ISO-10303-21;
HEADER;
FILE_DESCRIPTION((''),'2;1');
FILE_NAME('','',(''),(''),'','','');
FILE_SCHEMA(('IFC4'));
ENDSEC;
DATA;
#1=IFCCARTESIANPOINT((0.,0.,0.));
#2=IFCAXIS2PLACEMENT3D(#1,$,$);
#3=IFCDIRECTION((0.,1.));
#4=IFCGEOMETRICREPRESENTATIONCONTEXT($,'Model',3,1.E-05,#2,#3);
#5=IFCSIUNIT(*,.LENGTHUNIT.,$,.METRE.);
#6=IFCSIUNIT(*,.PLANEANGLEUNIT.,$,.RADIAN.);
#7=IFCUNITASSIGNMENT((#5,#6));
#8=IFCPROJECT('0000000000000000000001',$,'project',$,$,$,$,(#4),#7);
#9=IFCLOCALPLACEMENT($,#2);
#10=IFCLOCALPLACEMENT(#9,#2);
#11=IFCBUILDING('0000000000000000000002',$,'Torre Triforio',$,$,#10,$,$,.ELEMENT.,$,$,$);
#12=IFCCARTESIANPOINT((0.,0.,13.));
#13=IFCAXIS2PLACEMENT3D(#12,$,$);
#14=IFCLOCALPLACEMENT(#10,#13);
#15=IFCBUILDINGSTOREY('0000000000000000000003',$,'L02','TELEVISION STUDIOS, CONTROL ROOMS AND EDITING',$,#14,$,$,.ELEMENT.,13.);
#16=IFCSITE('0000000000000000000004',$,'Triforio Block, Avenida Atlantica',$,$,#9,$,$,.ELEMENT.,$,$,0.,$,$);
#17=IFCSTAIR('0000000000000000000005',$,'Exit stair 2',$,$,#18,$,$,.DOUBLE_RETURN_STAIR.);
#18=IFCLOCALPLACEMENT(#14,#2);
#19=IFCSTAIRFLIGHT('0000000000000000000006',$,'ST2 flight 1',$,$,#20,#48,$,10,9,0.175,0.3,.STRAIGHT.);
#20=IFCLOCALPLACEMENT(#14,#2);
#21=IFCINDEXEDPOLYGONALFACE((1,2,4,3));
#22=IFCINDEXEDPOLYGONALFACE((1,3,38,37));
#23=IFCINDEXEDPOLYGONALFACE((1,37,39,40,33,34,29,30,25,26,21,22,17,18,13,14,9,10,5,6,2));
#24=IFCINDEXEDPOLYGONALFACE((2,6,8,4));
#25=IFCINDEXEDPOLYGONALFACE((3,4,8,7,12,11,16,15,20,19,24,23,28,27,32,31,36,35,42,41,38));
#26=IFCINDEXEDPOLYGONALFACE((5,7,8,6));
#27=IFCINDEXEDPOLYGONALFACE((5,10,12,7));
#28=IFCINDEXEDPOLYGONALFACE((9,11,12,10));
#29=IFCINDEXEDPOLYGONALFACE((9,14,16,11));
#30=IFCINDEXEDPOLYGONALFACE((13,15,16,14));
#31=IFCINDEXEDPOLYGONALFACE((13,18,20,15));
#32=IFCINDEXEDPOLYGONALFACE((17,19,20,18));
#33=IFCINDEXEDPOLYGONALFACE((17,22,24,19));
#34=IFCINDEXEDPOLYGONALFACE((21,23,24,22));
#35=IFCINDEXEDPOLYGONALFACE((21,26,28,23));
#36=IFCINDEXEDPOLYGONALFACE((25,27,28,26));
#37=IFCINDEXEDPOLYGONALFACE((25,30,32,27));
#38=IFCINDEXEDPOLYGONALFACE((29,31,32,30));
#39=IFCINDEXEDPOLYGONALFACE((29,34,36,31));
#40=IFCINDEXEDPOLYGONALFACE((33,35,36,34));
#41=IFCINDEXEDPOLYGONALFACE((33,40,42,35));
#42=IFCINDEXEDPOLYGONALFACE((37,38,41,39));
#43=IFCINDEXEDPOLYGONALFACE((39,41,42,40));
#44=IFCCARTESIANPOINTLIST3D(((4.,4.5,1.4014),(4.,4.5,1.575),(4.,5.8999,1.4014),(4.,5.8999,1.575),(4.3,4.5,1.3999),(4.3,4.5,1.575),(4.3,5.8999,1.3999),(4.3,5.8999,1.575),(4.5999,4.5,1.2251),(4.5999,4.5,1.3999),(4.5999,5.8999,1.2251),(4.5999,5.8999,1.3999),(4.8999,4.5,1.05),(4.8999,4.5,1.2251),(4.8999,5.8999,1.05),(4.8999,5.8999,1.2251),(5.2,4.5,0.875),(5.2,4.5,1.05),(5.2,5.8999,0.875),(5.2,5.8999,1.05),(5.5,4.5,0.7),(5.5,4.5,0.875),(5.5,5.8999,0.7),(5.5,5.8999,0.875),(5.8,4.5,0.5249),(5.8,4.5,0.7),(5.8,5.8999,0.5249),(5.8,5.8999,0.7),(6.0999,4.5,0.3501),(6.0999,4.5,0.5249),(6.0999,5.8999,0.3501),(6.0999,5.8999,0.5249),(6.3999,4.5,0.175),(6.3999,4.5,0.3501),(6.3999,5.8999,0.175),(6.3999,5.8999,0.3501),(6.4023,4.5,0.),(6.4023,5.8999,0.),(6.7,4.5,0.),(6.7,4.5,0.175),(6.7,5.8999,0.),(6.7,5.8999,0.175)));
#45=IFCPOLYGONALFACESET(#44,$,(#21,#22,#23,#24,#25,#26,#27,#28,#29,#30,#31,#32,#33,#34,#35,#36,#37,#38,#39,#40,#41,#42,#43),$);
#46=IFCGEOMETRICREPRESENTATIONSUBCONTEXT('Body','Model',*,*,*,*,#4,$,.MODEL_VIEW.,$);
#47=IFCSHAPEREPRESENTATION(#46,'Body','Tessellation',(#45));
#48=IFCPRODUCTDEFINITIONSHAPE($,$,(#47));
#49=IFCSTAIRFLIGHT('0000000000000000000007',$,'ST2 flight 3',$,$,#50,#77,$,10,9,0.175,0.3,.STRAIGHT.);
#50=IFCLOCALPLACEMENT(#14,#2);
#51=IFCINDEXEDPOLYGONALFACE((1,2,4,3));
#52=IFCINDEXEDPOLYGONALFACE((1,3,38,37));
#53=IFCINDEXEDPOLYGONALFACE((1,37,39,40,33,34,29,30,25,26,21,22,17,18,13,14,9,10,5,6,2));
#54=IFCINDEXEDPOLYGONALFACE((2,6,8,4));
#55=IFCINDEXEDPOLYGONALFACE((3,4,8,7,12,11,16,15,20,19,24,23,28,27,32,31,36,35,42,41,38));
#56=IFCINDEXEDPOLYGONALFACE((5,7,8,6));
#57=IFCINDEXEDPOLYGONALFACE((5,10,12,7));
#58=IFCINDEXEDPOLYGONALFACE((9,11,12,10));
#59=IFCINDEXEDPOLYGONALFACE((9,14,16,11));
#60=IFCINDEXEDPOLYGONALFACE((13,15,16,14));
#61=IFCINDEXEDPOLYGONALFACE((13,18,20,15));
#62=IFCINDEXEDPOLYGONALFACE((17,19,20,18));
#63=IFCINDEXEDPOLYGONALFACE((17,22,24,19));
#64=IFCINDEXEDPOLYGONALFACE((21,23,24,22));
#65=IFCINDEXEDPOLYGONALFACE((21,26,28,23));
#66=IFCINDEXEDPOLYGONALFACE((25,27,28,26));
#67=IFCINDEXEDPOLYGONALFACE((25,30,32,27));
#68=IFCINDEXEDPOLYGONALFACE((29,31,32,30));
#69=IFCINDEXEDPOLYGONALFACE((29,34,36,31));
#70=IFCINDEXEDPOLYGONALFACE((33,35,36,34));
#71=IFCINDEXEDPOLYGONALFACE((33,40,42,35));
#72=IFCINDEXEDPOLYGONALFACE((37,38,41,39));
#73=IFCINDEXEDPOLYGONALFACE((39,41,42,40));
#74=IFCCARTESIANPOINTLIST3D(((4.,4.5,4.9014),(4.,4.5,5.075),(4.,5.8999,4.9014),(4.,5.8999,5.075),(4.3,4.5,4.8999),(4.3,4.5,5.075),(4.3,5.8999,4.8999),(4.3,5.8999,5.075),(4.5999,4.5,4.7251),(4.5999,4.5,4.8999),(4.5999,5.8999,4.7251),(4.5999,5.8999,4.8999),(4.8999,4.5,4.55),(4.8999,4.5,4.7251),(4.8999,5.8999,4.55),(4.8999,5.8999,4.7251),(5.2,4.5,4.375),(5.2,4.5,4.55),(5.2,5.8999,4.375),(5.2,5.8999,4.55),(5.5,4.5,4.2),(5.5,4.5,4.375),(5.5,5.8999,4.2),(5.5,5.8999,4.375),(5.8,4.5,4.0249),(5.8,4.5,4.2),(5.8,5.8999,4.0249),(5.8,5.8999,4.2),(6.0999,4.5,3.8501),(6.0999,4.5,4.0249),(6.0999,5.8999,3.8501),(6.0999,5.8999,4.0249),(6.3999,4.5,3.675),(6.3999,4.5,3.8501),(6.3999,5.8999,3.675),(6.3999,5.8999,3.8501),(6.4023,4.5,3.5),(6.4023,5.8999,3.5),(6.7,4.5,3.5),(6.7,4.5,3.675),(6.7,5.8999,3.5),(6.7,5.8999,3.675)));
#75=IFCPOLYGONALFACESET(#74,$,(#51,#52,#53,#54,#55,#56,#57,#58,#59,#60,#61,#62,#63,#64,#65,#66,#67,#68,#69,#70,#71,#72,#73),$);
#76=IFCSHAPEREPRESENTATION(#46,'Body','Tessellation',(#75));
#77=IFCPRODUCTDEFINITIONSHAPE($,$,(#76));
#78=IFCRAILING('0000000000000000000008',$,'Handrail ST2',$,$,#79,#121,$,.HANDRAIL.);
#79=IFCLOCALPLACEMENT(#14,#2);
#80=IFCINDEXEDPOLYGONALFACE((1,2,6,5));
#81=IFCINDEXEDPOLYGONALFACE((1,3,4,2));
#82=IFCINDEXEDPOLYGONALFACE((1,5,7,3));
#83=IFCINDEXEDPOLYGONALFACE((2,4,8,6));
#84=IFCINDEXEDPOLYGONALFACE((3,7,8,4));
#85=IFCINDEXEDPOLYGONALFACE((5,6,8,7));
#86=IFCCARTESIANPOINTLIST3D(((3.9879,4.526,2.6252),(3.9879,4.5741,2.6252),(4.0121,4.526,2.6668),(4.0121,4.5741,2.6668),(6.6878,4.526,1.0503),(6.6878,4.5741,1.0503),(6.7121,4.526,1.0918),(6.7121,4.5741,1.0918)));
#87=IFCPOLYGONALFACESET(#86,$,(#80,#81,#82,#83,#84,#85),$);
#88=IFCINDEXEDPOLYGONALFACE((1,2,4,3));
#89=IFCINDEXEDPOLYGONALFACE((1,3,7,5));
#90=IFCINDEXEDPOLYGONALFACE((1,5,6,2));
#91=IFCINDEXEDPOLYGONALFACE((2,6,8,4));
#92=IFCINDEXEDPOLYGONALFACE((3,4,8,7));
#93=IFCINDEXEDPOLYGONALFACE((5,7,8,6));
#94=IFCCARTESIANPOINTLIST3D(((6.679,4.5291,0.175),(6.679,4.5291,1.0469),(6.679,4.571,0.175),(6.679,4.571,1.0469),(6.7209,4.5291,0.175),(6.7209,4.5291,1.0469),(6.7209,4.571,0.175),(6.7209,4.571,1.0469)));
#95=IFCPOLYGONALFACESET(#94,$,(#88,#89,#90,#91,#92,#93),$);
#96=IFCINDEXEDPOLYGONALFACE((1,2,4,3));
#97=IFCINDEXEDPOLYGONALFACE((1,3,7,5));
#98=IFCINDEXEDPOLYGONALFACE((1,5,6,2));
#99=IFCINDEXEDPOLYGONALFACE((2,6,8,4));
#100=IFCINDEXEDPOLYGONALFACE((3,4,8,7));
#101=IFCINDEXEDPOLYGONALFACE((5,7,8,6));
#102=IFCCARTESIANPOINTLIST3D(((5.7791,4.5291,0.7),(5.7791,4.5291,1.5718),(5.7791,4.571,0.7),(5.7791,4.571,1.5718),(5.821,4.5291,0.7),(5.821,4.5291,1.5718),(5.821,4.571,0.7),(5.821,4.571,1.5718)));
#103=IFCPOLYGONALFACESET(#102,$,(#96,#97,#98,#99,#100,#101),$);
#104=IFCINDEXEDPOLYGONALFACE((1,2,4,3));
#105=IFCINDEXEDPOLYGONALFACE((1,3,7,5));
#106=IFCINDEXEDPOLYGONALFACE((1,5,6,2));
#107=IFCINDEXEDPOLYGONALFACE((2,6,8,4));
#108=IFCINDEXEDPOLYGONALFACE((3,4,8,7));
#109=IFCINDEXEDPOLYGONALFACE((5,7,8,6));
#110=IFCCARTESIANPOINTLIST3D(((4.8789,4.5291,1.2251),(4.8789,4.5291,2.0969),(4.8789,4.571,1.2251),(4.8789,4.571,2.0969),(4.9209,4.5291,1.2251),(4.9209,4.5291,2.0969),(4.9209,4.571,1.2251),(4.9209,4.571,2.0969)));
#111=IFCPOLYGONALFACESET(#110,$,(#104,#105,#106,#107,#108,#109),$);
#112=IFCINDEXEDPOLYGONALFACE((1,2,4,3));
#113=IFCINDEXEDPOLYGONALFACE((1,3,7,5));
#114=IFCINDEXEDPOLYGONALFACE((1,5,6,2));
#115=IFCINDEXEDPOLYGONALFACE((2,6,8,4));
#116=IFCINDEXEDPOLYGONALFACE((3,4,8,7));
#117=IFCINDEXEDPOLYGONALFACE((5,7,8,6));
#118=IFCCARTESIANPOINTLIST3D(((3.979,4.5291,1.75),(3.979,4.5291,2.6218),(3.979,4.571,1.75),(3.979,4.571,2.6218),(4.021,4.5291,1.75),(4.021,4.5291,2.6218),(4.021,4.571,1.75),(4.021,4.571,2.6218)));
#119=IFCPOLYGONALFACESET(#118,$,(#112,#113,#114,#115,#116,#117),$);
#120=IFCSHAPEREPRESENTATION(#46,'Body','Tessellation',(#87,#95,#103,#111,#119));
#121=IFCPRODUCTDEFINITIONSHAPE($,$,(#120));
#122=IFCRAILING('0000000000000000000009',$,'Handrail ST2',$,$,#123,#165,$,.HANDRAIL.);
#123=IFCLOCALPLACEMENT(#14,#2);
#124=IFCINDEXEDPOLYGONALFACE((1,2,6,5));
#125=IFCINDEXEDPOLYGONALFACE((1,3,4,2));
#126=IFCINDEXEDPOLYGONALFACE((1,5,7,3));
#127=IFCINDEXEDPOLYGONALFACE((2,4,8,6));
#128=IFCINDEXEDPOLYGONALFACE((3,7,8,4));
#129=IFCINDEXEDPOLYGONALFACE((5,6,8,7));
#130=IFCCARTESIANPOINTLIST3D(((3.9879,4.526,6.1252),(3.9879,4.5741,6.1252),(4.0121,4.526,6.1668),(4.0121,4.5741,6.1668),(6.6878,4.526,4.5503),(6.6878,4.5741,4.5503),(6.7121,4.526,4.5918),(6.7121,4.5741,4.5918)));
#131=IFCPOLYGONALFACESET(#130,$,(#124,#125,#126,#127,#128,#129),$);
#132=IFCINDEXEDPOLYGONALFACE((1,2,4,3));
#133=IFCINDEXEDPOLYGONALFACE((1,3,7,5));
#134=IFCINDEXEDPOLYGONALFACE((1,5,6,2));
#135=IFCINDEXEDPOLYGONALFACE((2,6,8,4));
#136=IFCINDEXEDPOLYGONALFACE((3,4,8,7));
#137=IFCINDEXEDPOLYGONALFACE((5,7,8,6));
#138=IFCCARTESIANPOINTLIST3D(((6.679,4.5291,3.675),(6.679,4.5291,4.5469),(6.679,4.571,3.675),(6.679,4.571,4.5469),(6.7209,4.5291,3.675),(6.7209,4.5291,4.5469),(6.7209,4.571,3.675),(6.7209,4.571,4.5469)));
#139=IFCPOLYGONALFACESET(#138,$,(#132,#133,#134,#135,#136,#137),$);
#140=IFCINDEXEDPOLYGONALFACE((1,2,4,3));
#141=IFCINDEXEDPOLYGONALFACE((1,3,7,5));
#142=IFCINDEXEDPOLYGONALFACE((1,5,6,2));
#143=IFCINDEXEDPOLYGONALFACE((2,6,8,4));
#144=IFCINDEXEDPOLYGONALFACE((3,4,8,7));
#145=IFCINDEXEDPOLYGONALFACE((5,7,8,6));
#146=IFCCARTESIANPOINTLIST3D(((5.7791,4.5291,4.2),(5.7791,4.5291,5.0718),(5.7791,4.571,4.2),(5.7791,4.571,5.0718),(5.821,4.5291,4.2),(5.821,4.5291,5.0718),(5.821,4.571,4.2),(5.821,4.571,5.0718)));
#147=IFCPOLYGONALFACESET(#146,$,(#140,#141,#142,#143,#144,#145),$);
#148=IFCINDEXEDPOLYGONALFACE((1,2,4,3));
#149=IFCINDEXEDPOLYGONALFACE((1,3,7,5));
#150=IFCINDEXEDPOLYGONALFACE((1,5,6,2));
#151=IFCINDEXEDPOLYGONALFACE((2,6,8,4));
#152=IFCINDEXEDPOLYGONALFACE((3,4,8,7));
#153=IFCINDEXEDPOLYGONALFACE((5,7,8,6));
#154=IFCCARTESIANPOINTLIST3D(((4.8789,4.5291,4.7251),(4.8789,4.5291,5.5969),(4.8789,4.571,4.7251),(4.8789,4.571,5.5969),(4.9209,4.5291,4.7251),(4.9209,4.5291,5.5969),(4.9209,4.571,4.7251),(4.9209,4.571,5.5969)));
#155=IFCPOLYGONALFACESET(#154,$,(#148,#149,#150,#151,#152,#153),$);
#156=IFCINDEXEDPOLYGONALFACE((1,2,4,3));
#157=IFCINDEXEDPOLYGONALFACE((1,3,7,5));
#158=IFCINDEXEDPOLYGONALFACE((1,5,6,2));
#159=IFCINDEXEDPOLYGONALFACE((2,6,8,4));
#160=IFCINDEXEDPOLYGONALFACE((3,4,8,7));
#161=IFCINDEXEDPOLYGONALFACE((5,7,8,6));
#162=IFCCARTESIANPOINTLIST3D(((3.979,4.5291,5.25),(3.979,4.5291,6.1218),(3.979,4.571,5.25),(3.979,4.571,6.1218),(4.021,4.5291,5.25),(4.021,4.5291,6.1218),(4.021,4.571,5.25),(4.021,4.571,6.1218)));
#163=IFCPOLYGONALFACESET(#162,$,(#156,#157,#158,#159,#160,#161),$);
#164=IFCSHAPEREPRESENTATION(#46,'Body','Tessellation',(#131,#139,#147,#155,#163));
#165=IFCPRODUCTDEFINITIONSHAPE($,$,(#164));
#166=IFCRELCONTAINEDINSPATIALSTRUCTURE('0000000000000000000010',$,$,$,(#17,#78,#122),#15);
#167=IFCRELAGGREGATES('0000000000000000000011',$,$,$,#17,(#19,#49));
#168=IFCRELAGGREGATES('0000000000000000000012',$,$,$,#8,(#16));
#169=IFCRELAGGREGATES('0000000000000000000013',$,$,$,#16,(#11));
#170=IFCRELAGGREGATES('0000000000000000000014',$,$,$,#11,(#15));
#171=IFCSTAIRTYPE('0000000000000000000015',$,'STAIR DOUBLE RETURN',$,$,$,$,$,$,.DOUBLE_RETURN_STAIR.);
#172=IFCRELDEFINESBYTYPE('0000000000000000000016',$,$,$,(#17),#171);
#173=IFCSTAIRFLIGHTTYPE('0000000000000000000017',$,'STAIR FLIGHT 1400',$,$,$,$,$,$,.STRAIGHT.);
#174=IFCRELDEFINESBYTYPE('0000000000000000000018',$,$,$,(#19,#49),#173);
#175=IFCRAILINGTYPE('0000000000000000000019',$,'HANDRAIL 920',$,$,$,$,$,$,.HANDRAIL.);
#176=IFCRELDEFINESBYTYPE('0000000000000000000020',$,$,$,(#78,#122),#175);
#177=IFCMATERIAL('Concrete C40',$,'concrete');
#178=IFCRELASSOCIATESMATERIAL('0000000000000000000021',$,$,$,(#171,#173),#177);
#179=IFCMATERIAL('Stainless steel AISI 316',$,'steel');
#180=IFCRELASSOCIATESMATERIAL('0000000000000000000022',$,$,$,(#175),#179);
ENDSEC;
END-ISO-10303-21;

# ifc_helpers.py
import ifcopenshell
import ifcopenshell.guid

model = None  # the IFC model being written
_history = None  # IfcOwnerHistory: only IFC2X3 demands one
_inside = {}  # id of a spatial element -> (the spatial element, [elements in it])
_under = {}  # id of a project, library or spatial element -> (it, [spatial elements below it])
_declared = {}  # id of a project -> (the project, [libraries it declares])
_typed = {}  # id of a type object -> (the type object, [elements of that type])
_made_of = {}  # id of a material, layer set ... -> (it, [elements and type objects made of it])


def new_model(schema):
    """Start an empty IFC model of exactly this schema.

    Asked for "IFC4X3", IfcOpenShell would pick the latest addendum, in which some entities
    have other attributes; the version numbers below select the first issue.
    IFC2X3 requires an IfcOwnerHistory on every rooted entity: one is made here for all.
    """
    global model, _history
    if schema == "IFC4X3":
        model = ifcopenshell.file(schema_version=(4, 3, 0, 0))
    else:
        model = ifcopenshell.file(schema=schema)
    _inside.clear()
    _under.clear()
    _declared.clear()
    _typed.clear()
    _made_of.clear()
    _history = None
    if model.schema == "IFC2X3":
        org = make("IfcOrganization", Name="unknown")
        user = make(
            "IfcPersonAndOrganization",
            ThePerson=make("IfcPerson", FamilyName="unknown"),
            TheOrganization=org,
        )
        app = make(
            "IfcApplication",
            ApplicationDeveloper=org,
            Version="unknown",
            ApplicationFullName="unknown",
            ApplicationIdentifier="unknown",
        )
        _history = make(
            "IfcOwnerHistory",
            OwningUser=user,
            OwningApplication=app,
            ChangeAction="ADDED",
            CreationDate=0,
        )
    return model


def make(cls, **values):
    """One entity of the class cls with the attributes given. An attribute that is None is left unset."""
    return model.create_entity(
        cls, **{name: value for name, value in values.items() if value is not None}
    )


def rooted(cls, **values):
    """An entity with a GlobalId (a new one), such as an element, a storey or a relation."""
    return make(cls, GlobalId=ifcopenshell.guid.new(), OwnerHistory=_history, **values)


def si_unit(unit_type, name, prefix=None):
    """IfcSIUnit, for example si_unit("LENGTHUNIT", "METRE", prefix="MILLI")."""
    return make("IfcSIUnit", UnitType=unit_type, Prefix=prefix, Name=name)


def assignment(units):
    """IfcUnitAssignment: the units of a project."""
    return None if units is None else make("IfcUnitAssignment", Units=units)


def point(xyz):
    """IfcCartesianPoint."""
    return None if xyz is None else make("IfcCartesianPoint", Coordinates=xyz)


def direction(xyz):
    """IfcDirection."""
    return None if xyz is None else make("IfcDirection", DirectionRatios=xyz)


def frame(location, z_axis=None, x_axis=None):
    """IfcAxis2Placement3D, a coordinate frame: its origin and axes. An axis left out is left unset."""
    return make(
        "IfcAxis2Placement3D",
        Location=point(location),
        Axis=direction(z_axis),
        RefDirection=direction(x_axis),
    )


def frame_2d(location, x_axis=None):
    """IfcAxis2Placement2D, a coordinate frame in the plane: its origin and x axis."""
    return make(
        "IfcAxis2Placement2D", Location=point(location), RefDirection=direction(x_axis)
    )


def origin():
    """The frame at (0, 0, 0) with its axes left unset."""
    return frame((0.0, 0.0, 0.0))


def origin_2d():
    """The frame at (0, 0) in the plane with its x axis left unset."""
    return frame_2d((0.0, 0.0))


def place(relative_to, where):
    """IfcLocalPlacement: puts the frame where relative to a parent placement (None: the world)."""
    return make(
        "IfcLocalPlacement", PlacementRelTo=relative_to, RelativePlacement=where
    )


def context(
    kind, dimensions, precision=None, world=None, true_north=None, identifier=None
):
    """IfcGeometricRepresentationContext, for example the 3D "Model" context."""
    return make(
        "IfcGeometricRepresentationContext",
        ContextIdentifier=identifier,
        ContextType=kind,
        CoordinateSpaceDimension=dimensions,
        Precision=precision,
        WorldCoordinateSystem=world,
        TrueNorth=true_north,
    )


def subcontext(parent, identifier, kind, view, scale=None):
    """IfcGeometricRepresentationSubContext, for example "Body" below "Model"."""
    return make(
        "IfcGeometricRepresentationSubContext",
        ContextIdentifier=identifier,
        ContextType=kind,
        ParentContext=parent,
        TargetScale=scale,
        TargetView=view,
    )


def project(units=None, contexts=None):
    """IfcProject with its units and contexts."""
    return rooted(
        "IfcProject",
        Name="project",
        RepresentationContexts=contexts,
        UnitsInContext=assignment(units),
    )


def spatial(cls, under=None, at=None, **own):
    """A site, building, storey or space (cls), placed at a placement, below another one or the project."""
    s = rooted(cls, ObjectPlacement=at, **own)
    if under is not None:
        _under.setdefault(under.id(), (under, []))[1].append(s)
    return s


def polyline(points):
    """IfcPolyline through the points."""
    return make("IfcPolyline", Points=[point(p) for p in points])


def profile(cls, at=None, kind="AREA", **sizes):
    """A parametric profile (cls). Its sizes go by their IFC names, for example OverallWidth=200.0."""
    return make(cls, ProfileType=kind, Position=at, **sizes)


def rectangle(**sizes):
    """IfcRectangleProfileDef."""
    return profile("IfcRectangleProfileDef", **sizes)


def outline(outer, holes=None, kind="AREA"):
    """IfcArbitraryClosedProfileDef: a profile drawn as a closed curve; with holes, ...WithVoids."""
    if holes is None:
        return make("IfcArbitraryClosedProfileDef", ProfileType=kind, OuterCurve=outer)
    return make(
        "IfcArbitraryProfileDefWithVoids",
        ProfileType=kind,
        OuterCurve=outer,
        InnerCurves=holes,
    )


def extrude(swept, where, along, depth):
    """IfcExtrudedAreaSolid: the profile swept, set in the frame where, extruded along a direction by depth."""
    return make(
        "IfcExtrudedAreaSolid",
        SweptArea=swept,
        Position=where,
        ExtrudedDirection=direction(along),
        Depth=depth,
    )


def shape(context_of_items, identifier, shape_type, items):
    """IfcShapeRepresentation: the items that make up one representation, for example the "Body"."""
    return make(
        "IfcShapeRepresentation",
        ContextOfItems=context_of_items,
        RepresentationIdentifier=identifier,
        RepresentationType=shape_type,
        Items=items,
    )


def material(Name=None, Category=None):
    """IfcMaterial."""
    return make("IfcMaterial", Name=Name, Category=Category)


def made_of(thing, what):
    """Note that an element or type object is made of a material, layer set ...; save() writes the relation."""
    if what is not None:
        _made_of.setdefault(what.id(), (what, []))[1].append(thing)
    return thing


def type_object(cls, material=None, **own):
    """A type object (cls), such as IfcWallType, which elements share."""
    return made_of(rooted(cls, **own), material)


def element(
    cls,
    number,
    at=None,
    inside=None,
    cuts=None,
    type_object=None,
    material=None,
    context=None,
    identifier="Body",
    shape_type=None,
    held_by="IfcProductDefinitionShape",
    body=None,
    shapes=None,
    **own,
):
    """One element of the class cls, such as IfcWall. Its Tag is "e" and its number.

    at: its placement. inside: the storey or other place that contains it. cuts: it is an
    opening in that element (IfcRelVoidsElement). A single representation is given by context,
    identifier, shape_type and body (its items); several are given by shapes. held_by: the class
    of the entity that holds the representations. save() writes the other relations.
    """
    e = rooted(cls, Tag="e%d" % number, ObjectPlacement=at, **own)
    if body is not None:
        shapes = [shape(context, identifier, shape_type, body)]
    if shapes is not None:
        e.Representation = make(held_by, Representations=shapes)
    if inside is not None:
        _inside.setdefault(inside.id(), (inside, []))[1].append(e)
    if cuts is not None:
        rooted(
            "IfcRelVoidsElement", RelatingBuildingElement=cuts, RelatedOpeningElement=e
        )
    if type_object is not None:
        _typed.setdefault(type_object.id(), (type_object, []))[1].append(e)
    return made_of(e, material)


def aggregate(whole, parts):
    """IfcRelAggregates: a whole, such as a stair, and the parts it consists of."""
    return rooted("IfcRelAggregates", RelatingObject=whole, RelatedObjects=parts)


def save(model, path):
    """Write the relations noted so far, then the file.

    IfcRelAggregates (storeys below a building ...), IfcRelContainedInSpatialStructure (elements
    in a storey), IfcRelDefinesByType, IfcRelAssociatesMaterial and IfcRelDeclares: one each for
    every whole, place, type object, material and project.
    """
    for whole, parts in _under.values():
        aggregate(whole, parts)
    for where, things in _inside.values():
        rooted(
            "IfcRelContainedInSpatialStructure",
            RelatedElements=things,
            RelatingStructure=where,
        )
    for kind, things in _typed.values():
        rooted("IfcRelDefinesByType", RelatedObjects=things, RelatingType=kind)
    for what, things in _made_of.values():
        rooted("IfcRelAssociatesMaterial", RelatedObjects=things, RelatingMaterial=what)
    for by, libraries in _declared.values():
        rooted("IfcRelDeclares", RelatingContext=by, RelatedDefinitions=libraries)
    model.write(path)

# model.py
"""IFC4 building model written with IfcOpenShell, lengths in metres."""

from ifc_helpers import new_model, si_unit, direction, frame, origin, origin_2d, place, context, subcontext, project, spatial, polyline, rectangle, outline, extrude, material, type_object, element, aggregate, save


model = new_model("IFC4")

# Units and contexts
model_context = context("Model", 3, precision=1e-05, world=origin(), true_north=direction((0.0, 1.0)))
body_context = subcontext(model_context, "Body", "Model", "MODEL_VIEW")
ifc_project = project(units=[si_unit("LENGTHUNIT", "METRE"), si_unit("PLANEANGLEUNIT", "RADIAN")], contexts=[model_context])

# Site, building, storey
site_placement = place(None, origin())
site = spatial("IfcSite", under=ifc_project, at=site_placement, Name="Triforio Block, Avenida Atlantica", CompositionType="ELEMENT", RefElevation=0.0)
building_placement = place(site_placement, origin())
building = spatial("IfcBuilding", under=site, at=building_placement, Name="Torre Triforio", CompositionType="ELEMENT")
storey_placement = place(building_placement, frame((0.0, 0.0, 13.0)))
storey = spatial("IfcBuildingStorey", under=building, at=storey_placement, Name="L02", Description="TELEVISION STUDIOS, CONTROL ROOMS AND EDITING", CompositionType="ELEMENT", Elevation=13.0)

# Shared definitions
ifc_material_1 = material(Name="Concrete C40", Category="concrete")

# Stair, stair flights
stair_type_1 = type_object("IfcStairType", Name="STAIR DOUBLE RETURN", PredefinedType="DOUBLE_RETURN_STAIR", material=ifc_material_1)
stair_1_placement = place(storey_placement, origin())
stair_1 = element("IfcStair", 1, at=stair_1_placement, inside=storey, type_object=stair_type_1, Name="Exit stair 2", PredefinedType="DOUBLE_RETURN_STAIR")
stair_flight_type_1 = type_object("IfcStairFlightType", Name="STAIR FLIGHT 1400", PredefinedType="STRAIGHT", material=ifc_material_1)
stair_flight_1_placement = place(storey_placement, frame((6.7, 5.2, 0.0), z_axis=(0.0, 0.0, 1.0), x_axis=(-1.0, 0.0, 0.0)))
stair_flight_1 = element("IfcStairFlight", 2, at=stair_flight_1_placement, type_object=stair_flight_type_1, Name="ST2 flight 1", NumberOfRisers=10, NumberOfTreads=9, PredefinedType="STRAIGHT", RiserHeight=0.175, TreadLength=0.3, context=body_context, shape_type="SweptSolid", body=[
    extrude(outline(polyline([(0.0, 0.0), (0.0, 0.175), (0.3, 0.175), (0.3, 0.3501), (0.6001, 0.3501), (0.6001, 0.5249), (0.8999, 0.5249), (0.8999, 0.7), (1.2, 0.7), (1.2, 0.875), (1.5, 0.875), (1.5, 1.05), (1.8, 1.05), (1.8, 1.2251), (2.1001, 1.2251), (2.1001, 1.3999), (2.3999, 1.3999), (2.3999, 1.575), (2.7, 1.575), (2.7, 1.75), (2.7, 1.4014), (0.2976, 0.0), (0.0, 0.0)])), frame((0.0, 0.7, 0.0), z_axis=(0.0, -1.0, 0.0), x_axis=(1.0, 0.0, 0.0)), (0.0, 0.0, 1.0), 1.3999),
])
stair_flight_2_placement = place(storey_placement, frame((6.7, 5.2, 3.5), z_axis=(0.0, 0.0, 1.0), x_axis=(-1.0, 0.0, 0.0)))
stair_flight_2 = element("IfcStairFlight", 3, at=stair_flight_2_placement, type_object=stair_flight_type_1, Name="ST2 flight 3", NumberOfRisers=10, NumberOfTreads=9, PredefinedType="STRAIGHT", RiserHeight=0.175, TreadLength=0.3, context=body_context, shape_type="SweptSolid", body=[
    extrude(outline(polyline([(0.0, 0.0), (0.0, 0.175), (0.3, 0.175), (0.3, 0.3501), (0.6001, 0.3501), (0.6001, 0.5249), (0.8999, 0.5249), (0.8999, 0.7), (1.2, 0.7), (1.2, 0.875), (1.5, 0.875), (1.5, 1.05), (1.8, 1.05), (1.8, 1.2251), (2.1001, 1.2251), (2.1001, 1.3999), (2.3999, 1.3999), (2.3999, 1.575), (2.7, 1.575), (2.7, 1.75), (2.7, 1.4014), (0.2976, 0.0), (0.0, 0.0)])), frame((0.0, 0.7, 0.0), z_axis=(0.0, -1.0, 0.0), x_axis=(1.0, 0.0, 0.0)), (0.0, 0.0, 1.0), 1.3999),
])
aggregate(stair_1, [stair_flight_1, stair_flight_2])

# Railings
ifc_material_2 = material(Name="Stainless steel AISI 316", Category="steel")
railing_type_1 = type_object("IfcRailingType", Name="HANDRAIL 920", PredefinedType="HANDRAIL", material=ifc_material_2)
for number, where, name in (
    (4, (6.7, 4.55, 0.175), "Handrail ST2"),
    (5, (6.7, 4.55, 3.675), "Handrail ST2"),
):
    element("IfcRailing", number, at=place(storey_placement, frame(where)), inside=storey, type_object=railing_type_1, Name=name, PredefinedType="HANDRAIL", context=body_context, shape_type="SweptSolid", body=[
        extrude(rectangle(XDim=0.0481, YDim=0.0481, at=origin_2d()), frame((0.0, 0.0, 0.896), z_axis=(-0.863782, 0.0, 0.503866), x_axis=(0.0, -1.0, 0.0)), (0.0, 0.0, 1.0), 3.1257),
        extrude(rectangle(XDim=0.042, YDim=0.042, at=origin_2d()), origin(), (0.0, 0.0, 1.0), 0.8718),
        extrude(rectangle(XDim=0.042, YDim=0.042, at=origin_2d()), frame((-0.8999, 0.0, 0.5249)), (0.0, 0.0, 1.0), 0.8718),
        extrude(rectangle(XDim=0.042, YDim=0.042, at=origin_2d()), frame((-1.8, 0.0, 1.05)), (0.0, 0.0, 1.0), 0.8718),
        extrude(rectangle(XDim=0.042, YDim=0.042, at=origin_2d()), frame((-2.7, 0.0, 1.575)), (0.0, 0.0, 1.0), 0.8718),
    ])

save(model, "model.ifc")
